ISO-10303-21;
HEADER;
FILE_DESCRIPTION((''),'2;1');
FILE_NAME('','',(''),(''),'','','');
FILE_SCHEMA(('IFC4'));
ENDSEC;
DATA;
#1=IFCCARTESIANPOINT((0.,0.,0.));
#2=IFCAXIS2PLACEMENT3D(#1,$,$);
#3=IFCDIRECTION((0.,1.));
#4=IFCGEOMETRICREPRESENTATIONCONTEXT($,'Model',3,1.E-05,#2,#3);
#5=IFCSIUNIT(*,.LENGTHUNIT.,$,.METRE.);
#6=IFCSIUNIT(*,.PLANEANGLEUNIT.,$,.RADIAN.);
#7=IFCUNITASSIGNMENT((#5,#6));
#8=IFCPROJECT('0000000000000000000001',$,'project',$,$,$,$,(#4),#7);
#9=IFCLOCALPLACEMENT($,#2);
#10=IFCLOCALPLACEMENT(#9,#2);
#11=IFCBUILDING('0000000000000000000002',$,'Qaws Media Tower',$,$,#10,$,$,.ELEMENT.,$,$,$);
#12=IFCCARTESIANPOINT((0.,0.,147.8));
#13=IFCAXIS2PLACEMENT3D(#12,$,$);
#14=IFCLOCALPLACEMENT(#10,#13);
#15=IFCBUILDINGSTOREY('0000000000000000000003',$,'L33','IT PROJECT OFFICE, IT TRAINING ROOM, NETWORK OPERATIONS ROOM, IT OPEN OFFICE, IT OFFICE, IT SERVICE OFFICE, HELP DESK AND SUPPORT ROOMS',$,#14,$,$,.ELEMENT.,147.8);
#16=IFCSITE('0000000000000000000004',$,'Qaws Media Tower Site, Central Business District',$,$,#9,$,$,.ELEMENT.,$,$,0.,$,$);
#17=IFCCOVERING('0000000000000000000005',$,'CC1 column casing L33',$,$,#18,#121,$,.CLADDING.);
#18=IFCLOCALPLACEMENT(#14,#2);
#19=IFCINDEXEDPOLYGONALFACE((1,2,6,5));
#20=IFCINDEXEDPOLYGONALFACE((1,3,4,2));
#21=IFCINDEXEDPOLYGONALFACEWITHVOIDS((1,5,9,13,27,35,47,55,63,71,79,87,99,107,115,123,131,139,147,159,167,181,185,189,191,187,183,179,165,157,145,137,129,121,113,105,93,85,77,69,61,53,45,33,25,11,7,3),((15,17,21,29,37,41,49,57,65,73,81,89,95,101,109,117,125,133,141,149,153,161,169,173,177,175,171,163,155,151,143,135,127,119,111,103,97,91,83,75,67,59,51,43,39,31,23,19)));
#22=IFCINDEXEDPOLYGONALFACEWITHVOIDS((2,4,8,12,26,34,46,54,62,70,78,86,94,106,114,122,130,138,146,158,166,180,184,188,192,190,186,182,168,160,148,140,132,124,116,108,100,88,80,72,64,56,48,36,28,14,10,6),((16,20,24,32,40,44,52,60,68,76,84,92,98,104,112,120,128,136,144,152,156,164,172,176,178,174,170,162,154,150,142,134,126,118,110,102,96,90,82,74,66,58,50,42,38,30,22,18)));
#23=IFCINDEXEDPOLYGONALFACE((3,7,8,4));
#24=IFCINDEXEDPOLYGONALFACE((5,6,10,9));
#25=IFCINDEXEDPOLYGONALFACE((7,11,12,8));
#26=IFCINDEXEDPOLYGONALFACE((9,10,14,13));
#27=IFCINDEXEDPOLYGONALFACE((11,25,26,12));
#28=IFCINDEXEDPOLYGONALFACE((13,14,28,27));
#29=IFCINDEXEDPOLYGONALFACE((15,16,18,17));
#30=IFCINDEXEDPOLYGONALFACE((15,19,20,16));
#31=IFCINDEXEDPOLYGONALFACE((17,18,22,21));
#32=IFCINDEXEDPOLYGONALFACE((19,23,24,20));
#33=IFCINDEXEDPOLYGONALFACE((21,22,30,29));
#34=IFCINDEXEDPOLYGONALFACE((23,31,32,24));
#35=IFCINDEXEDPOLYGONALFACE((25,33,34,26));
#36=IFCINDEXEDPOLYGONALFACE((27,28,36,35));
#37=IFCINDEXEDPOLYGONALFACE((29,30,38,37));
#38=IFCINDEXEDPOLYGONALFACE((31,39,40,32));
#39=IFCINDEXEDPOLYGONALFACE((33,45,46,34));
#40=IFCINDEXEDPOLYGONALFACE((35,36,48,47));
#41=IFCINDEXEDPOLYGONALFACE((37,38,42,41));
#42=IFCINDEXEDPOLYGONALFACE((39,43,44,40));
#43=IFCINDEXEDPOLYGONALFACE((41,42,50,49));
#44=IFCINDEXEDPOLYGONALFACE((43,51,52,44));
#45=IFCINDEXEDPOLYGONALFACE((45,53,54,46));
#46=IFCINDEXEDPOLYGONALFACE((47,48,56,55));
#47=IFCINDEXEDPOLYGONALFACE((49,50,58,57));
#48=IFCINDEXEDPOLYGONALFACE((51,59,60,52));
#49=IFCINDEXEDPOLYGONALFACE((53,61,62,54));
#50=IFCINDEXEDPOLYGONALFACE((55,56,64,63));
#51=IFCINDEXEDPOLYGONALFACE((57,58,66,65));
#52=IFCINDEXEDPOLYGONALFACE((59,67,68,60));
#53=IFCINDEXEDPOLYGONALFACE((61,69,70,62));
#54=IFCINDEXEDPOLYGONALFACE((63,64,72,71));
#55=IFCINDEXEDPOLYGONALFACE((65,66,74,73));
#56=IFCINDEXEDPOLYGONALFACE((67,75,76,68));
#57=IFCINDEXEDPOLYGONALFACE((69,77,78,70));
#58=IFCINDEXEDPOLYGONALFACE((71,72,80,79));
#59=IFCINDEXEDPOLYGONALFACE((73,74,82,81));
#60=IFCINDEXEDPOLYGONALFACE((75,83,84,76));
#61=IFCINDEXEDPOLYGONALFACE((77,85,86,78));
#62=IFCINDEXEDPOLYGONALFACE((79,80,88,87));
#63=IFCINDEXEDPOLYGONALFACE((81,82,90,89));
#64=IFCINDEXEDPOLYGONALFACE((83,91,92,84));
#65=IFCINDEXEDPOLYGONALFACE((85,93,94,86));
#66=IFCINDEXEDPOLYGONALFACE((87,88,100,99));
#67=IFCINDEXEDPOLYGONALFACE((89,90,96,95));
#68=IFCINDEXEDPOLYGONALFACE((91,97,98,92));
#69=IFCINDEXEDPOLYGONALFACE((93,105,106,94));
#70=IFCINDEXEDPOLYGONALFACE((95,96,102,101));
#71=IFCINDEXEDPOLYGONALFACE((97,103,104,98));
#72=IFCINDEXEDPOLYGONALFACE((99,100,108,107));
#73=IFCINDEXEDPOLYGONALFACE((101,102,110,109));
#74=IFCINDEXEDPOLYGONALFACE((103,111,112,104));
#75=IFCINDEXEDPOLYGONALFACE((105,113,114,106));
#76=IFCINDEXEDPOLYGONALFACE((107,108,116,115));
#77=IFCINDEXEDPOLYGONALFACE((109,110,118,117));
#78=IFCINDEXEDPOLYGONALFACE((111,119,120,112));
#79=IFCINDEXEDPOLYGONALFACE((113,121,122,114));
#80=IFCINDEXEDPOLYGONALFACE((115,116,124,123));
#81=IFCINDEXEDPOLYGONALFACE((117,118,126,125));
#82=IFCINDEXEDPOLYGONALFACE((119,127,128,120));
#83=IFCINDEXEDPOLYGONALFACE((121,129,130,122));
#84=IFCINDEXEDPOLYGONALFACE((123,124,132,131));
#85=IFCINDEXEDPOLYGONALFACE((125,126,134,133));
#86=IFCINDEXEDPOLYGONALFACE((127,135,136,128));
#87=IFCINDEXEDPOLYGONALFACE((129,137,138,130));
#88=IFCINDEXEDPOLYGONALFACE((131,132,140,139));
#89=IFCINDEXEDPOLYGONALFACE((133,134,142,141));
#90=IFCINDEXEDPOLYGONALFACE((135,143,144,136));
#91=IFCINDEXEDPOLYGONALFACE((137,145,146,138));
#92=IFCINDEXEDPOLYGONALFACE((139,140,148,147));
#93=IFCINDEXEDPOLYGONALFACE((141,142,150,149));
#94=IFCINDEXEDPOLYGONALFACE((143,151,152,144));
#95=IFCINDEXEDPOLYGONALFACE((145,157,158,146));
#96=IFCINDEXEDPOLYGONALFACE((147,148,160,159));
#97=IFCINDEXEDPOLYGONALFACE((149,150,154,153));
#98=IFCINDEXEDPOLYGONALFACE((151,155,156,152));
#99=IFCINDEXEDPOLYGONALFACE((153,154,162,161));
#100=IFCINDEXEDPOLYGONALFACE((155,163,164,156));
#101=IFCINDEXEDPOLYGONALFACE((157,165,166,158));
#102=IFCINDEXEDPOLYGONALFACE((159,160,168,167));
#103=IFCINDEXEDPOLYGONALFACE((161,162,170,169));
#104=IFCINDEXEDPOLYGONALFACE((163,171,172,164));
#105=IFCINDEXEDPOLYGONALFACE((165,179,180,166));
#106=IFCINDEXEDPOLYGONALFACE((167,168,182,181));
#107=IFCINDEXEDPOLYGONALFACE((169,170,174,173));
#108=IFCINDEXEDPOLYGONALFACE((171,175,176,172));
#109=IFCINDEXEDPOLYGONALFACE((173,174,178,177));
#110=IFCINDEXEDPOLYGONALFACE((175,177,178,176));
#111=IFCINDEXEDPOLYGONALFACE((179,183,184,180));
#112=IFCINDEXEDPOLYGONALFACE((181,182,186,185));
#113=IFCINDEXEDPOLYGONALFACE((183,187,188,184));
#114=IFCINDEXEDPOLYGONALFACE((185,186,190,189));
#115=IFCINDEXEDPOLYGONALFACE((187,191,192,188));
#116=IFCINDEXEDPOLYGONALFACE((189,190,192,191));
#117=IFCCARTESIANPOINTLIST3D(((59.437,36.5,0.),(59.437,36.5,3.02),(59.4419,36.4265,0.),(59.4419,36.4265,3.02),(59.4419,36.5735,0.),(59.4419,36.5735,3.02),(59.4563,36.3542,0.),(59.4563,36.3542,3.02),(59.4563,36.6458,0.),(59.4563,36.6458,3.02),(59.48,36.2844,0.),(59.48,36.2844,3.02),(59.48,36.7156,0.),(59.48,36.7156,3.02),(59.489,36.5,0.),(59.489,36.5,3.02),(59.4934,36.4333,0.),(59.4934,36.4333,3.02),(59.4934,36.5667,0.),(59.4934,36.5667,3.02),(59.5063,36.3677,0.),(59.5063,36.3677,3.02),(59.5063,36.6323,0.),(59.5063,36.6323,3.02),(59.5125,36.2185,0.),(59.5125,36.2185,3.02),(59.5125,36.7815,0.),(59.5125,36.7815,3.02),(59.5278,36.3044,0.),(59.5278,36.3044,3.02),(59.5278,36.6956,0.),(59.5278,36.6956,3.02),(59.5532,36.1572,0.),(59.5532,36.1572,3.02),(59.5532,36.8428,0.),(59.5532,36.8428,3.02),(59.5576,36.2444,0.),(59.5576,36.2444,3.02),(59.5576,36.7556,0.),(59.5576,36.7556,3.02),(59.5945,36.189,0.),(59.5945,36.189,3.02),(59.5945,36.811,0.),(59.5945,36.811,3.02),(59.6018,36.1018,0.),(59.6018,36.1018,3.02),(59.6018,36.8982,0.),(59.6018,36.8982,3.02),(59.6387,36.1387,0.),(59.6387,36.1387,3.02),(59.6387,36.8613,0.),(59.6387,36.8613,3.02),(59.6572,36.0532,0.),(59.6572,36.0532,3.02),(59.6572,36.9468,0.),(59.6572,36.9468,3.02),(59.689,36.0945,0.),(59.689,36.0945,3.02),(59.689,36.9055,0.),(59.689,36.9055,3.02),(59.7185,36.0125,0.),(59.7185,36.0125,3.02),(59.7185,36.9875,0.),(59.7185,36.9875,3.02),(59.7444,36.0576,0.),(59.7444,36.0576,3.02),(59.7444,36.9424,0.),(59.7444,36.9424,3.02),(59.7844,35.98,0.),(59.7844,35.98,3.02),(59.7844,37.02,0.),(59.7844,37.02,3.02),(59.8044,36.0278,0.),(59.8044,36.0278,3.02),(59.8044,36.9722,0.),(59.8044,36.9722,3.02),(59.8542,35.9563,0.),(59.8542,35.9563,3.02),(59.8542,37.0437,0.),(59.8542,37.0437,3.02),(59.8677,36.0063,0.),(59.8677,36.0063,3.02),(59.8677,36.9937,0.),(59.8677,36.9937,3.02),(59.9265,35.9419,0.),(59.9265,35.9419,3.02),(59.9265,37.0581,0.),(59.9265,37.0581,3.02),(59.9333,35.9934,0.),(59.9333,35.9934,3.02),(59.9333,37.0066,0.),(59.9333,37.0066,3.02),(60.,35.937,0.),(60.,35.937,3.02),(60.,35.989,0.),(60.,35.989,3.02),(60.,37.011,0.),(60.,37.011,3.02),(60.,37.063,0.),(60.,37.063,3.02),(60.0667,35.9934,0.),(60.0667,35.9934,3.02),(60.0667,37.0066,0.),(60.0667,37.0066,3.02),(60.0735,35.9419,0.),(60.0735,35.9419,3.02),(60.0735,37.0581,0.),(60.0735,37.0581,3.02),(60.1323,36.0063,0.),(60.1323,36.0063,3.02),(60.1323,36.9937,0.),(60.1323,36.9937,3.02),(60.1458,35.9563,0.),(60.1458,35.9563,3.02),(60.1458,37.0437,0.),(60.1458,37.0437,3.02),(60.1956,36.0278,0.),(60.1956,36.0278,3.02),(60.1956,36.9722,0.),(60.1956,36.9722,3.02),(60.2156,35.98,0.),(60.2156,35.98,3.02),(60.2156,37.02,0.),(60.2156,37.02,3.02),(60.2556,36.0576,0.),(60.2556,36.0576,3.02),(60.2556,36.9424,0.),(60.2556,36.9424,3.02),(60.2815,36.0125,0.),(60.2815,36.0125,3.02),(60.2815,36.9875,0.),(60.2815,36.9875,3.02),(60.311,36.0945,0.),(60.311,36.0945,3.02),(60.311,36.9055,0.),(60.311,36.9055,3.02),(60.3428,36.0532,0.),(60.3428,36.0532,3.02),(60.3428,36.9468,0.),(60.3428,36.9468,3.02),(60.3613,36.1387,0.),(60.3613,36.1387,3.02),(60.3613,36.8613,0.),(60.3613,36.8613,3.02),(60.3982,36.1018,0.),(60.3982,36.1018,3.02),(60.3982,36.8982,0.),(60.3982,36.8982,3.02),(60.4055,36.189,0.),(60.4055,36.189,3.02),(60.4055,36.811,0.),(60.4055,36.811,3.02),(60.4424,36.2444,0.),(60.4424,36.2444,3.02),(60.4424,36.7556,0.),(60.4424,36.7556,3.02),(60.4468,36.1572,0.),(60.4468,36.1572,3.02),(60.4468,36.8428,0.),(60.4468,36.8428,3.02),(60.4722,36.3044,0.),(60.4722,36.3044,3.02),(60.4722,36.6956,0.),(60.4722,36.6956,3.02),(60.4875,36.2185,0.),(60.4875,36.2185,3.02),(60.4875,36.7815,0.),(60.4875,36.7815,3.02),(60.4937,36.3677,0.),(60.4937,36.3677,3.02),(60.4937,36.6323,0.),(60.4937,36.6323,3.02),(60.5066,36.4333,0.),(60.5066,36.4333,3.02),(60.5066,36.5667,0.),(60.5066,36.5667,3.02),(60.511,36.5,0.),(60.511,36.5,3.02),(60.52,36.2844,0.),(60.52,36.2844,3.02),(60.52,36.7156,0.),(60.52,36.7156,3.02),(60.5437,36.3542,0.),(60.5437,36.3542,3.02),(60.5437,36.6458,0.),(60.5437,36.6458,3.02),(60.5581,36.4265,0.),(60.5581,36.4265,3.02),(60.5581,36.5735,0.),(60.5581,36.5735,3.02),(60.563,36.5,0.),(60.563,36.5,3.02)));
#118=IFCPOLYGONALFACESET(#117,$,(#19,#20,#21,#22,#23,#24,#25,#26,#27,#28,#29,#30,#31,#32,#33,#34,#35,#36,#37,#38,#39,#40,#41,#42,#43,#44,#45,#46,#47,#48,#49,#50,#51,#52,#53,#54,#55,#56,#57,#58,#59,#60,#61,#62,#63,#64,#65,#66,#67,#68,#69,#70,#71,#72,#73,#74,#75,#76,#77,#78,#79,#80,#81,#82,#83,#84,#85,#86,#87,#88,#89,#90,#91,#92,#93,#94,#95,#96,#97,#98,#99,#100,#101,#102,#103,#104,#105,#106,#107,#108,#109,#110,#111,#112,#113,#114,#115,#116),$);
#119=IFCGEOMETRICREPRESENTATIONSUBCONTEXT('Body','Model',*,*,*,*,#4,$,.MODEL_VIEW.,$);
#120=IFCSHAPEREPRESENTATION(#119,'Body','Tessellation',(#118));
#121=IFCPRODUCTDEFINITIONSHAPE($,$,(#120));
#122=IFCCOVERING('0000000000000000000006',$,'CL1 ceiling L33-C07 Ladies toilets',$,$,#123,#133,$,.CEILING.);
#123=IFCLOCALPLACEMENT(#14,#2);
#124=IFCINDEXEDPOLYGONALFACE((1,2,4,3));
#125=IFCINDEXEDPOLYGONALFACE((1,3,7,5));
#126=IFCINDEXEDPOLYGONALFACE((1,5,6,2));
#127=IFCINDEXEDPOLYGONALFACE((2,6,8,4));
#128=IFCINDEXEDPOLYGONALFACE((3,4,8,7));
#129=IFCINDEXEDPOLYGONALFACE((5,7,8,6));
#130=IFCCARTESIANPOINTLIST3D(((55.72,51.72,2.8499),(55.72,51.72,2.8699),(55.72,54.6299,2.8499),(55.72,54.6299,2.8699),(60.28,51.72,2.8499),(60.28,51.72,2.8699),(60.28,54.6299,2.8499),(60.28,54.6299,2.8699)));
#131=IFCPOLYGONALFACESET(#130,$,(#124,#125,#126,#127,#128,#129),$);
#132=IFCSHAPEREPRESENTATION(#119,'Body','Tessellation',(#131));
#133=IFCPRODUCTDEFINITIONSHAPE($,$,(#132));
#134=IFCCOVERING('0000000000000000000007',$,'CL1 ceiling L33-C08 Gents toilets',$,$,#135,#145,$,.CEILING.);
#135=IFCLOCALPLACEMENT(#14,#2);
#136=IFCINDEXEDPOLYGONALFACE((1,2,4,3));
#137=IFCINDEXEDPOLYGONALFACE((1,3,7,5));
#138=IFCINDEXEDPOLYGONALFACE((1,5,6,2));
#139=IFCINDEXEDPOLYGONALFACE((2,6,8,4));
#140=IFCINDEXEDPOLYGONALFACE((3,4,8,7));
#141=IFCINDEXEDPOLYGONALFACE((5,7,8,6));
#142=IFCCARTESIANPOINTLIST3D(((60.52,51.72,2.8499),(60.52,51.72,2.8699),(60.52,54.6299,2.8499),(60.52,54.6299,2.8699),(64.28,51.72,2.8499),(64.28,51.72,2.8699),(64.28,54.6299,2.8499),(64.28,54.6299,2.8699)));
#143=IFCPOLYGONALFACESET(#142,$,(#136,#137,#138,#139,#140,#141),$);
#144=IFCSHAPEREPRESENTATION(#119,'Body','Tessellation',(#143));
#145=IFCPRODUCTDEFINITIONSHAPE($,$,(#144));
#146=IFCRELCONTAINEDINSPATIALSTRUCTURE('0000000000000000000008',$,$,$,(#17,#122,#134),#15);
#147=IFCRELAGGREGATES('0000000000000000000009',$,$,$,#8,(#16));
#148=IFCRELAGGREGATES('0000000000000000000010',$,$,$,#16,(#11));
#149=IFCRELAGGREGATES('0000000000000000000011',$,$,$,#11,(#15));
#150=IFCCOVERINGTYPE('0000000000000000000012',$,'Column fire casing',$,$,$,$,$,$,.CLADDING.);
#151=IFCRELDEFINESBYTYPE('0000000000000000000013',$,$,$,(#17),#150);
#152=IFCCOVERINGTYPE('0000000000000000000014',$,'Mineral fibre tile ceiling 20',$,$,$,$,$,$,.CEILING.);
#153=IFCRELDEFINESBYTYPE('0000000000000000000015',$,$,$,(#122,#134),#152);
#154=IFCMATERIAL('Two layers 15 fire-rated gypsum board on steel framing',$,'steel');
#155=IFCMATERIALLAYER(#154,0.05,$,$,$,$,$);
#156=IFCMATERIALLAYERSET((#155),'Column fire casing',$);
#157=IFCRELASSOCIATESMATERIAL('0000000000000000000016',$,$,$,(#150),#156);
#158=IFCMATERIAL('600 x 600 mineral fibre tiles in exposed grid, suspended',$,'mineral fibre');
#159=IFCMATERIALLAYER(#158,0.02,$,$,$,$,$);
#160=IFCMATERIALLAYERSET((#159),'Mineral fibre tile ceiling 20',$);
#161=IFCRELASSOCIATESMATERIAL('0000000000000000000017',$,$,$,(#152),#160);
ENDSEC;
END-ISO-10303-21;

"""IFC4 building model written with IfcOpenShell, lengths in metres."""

from ifc_helpers import new_model, si_unit, direction, frame, origin, place, context, subcontext, project, spatial, polyline, outline, extrude, material, layer, layer_set, type_object, element, save


model = new_model("IFC4")

# Units and contexts
model_context = context("Model", 3, precision=1e-05, world=origin(), true_north=direction((0.0, 1.0)))
body_context = subcontext(model_context, "Body", "Model", "MODEL_VIEW")
ifc_project = project(units=[si_unit("LENGTHUNIT", "METRE"), si_unit("PLANEANGLEUNIT", "RADIAN")], contexts=[model_context])

# Site, building, storey
site_placement = place(None, origin())
site = spatial("IfcSite", under=ifc_project, at=site_placement, Name="Qaws Media Tower Site, Central Business District", CompositionType="ELEMENT", RefElevation=0.0)
building_placement = place(site_placement, origin())
building = spatial("IfcBuilding", under=site, at=building_placement, Name="Qaws Media Tower", CompositionType="ELEMENT")
storey_placement = place(building_placement, frame((0.0, 0.0, 147.8)))
storey = spatial("IfcBuildingStorey", under=building, at=storey_placement, Name="L33", Description="IT PROJECT OFFICE, IT TRAINING ROOM, NETWORK OPERATIONS ROOM, IT OPEN OFFICE, IT OFFICE, IT SERVICE OFFICE, HELP DESK AND SUPPORT ROOMS", CompositionType="ELEMENT", Elevation=147.8)

# Coverings
ifc_material_1 = material(Name="Two layers 15 fire-rated gypsum board on steel framing", Category="steel")
ifc_layer_1 = layer(ifc_material_1, 0.05)
ifc_layer_set_1 = layer_set([ifc_layer_1], Name="Column fire casing")
covering_type_1 = type_object("IfcCoveringType", Name="Column fire casing", PredefinedType="CLADDING", material=ifc_layer_set_1)
covering_1_placement = place(storey_placement, origin())
element("IfcCovering", 1, at=covering_1_placement, inside=storey, type_object=covering_type_1, Name="CC1 column casing L33", PredefinedType="CLADDING", context=body_context, shape_type="SweptSolid", body=[
    extrude(outline(polyline([(60.563, 36.5), (60.5581, 36.4265), (60.5437, 36.3542), (60.52, 36.2844), (60.4875, 36.2185), (60.4468, 36.1572), (60.3982, 36.1018), (60.3428, 36.0532), (60.2815, 36.0125), (60.2156, 35.98), (60.1458, 35.9563), (60.0735, 35.9419), (60.0, 35.937), (59.9265, 35.9419), (59.8542, 35.9563), (59.7844, 35.98), (59.7185, 36.0125), (59.6572, 36.0532), (59.6018, 36.1018), (59.5532, 36.1572), (59.5125, 36.2185), (59.48, 36.2844), (59.4563, 36.3542), (59.4419, 36.4265), (59.437, 36.5), (59.4419, 36.5735), (59.4563, 36.6458), (59.48, 36.7156), (59.5125, 36.7815), (59.5532, 36.8428), (59.6018, 36.8982), (59.6572, 36.9468), (59.7185, 36.9875), (59.7844, 37.02), (59.8542, 37.0437), (59.9265, 37.0581), (60.0, 37.063), (60.0735, 37.0581), (60.1458, 37.0437), (60.2156, 37.02), (60.2815, 36.9875), (60.3428, 36.9468), (60.3982, 36.8982), (60.4468, 36.8428), (60.4875, 36.7815), (60.52, 36.7156), (60.5437, 36.6458), (60.5581, 36.5735), (60.563, 36.5)]), holes=[polyline([(60.511, 36.5), (60.5066, 36.4333), (60.4937, 36.3677), (60.4722, 36.3044), (60.4424, 36.2444), (60.4055, 36.189), (60.3613, 36.1387), (60.311, 36.0945), (60.2556, 36.0576), (60.1956, 36.0278), (60.1323, 36.0063), (60.0667, 35.9934), (60.0, 35.989), (59.9333, 35.9934), (59.8677, 36.0063), (59.8044, 36.0278), (59.7444, 36.0576), (59.689, 36.0945), (59.6387, 36.1387), (59.5945, 36.189), (59.5576, 36.2444), (59.5278, 36.3044), (59.5063, 36.3677), (59.4934, 36.4333), (59.489, 36.5), (59.4934, 36.5667), (59.5063, 36.6323), (59.5278, 36.6956), (59.5576, 36.7556), (59.5945, 36.811), (59.6387, 36.8613), (59.689, 36.9055), (59.7444, 36.9424), (59.8044, 36.9722), (59.8677, 36.9937), (59.9333, 37.0066), (60.0, 37.011), (60.0667, 37.0066), (60.1323, 36.9937), (60.1956, 36.9722), (60.2556, 36.9424), (60.311, 36.9055), (60.3613, 36.8613), (60.4055, 36.811), (60.4424, 36.7556), (60.4722, 36.6956), (60.4937, 36.6323), (60.5066, 36.5667), (60.511, 36.5)])]), origin(), (0.0, 0.0, 1.0), 3.02),
])
ifc_material_2 = material(Name="600 x 600 mineral fibre tiles in exposed grid, suspended", Category="mineral fibre")
ifc_layer_2 = layer(ifc_material_2, 0.02)
ifc_layer_set_2 = layer_set([ifc_layer_2], Name="Mineral fibre tile ceiling 20")
covering_type_2 = type_object("IfcCoveringType", Name="Mineral fibre tile ceiling 20", PredefinedType="CEILING", material=ifc_layer_set_2)
covering_2_placement = place(storey_placement, frame((0.0, 0.0, 2.8499)))
element("IfcCovering", 2, at=covering_2_placement, inside=storey, type_object=covering_type_2, Name="CL1 ceiling L33-C07 Ladies toilets", PredefinedType="CEILING", context=body_context, shape_type="SweptSolid", body=[
    extrude(outline(polyline([(55.72, 51.72), (55.72, 54.6299), (60.28, 54.6299), (60.28, 51.72), (55.72, 51.72)])), origin(), (0.0, 0.0, 1.0), 0.02),
])
covering_3_placement = place(storey_placement, frame((0.0, 0.0, 2.8499)))
element("IfcCovering", 3, at=covering_3_placement, inside=storey, type_object=covering_type_2, Name="CL1 ceiling L33-C08 Gents toilets", PredefinedType="CEILING", context=body_context, shape_type="SweptSolid", body=[
    extrude(outline(polyline([(60.52, 51.72), (60.52, 54.6299), (64.28, 54.6299), (64.28, 51.72), (60.52, 51.72)])), origin(), (0.0, 0.0, 1.0), 0.02),
])

save(model, "model.ifc")
